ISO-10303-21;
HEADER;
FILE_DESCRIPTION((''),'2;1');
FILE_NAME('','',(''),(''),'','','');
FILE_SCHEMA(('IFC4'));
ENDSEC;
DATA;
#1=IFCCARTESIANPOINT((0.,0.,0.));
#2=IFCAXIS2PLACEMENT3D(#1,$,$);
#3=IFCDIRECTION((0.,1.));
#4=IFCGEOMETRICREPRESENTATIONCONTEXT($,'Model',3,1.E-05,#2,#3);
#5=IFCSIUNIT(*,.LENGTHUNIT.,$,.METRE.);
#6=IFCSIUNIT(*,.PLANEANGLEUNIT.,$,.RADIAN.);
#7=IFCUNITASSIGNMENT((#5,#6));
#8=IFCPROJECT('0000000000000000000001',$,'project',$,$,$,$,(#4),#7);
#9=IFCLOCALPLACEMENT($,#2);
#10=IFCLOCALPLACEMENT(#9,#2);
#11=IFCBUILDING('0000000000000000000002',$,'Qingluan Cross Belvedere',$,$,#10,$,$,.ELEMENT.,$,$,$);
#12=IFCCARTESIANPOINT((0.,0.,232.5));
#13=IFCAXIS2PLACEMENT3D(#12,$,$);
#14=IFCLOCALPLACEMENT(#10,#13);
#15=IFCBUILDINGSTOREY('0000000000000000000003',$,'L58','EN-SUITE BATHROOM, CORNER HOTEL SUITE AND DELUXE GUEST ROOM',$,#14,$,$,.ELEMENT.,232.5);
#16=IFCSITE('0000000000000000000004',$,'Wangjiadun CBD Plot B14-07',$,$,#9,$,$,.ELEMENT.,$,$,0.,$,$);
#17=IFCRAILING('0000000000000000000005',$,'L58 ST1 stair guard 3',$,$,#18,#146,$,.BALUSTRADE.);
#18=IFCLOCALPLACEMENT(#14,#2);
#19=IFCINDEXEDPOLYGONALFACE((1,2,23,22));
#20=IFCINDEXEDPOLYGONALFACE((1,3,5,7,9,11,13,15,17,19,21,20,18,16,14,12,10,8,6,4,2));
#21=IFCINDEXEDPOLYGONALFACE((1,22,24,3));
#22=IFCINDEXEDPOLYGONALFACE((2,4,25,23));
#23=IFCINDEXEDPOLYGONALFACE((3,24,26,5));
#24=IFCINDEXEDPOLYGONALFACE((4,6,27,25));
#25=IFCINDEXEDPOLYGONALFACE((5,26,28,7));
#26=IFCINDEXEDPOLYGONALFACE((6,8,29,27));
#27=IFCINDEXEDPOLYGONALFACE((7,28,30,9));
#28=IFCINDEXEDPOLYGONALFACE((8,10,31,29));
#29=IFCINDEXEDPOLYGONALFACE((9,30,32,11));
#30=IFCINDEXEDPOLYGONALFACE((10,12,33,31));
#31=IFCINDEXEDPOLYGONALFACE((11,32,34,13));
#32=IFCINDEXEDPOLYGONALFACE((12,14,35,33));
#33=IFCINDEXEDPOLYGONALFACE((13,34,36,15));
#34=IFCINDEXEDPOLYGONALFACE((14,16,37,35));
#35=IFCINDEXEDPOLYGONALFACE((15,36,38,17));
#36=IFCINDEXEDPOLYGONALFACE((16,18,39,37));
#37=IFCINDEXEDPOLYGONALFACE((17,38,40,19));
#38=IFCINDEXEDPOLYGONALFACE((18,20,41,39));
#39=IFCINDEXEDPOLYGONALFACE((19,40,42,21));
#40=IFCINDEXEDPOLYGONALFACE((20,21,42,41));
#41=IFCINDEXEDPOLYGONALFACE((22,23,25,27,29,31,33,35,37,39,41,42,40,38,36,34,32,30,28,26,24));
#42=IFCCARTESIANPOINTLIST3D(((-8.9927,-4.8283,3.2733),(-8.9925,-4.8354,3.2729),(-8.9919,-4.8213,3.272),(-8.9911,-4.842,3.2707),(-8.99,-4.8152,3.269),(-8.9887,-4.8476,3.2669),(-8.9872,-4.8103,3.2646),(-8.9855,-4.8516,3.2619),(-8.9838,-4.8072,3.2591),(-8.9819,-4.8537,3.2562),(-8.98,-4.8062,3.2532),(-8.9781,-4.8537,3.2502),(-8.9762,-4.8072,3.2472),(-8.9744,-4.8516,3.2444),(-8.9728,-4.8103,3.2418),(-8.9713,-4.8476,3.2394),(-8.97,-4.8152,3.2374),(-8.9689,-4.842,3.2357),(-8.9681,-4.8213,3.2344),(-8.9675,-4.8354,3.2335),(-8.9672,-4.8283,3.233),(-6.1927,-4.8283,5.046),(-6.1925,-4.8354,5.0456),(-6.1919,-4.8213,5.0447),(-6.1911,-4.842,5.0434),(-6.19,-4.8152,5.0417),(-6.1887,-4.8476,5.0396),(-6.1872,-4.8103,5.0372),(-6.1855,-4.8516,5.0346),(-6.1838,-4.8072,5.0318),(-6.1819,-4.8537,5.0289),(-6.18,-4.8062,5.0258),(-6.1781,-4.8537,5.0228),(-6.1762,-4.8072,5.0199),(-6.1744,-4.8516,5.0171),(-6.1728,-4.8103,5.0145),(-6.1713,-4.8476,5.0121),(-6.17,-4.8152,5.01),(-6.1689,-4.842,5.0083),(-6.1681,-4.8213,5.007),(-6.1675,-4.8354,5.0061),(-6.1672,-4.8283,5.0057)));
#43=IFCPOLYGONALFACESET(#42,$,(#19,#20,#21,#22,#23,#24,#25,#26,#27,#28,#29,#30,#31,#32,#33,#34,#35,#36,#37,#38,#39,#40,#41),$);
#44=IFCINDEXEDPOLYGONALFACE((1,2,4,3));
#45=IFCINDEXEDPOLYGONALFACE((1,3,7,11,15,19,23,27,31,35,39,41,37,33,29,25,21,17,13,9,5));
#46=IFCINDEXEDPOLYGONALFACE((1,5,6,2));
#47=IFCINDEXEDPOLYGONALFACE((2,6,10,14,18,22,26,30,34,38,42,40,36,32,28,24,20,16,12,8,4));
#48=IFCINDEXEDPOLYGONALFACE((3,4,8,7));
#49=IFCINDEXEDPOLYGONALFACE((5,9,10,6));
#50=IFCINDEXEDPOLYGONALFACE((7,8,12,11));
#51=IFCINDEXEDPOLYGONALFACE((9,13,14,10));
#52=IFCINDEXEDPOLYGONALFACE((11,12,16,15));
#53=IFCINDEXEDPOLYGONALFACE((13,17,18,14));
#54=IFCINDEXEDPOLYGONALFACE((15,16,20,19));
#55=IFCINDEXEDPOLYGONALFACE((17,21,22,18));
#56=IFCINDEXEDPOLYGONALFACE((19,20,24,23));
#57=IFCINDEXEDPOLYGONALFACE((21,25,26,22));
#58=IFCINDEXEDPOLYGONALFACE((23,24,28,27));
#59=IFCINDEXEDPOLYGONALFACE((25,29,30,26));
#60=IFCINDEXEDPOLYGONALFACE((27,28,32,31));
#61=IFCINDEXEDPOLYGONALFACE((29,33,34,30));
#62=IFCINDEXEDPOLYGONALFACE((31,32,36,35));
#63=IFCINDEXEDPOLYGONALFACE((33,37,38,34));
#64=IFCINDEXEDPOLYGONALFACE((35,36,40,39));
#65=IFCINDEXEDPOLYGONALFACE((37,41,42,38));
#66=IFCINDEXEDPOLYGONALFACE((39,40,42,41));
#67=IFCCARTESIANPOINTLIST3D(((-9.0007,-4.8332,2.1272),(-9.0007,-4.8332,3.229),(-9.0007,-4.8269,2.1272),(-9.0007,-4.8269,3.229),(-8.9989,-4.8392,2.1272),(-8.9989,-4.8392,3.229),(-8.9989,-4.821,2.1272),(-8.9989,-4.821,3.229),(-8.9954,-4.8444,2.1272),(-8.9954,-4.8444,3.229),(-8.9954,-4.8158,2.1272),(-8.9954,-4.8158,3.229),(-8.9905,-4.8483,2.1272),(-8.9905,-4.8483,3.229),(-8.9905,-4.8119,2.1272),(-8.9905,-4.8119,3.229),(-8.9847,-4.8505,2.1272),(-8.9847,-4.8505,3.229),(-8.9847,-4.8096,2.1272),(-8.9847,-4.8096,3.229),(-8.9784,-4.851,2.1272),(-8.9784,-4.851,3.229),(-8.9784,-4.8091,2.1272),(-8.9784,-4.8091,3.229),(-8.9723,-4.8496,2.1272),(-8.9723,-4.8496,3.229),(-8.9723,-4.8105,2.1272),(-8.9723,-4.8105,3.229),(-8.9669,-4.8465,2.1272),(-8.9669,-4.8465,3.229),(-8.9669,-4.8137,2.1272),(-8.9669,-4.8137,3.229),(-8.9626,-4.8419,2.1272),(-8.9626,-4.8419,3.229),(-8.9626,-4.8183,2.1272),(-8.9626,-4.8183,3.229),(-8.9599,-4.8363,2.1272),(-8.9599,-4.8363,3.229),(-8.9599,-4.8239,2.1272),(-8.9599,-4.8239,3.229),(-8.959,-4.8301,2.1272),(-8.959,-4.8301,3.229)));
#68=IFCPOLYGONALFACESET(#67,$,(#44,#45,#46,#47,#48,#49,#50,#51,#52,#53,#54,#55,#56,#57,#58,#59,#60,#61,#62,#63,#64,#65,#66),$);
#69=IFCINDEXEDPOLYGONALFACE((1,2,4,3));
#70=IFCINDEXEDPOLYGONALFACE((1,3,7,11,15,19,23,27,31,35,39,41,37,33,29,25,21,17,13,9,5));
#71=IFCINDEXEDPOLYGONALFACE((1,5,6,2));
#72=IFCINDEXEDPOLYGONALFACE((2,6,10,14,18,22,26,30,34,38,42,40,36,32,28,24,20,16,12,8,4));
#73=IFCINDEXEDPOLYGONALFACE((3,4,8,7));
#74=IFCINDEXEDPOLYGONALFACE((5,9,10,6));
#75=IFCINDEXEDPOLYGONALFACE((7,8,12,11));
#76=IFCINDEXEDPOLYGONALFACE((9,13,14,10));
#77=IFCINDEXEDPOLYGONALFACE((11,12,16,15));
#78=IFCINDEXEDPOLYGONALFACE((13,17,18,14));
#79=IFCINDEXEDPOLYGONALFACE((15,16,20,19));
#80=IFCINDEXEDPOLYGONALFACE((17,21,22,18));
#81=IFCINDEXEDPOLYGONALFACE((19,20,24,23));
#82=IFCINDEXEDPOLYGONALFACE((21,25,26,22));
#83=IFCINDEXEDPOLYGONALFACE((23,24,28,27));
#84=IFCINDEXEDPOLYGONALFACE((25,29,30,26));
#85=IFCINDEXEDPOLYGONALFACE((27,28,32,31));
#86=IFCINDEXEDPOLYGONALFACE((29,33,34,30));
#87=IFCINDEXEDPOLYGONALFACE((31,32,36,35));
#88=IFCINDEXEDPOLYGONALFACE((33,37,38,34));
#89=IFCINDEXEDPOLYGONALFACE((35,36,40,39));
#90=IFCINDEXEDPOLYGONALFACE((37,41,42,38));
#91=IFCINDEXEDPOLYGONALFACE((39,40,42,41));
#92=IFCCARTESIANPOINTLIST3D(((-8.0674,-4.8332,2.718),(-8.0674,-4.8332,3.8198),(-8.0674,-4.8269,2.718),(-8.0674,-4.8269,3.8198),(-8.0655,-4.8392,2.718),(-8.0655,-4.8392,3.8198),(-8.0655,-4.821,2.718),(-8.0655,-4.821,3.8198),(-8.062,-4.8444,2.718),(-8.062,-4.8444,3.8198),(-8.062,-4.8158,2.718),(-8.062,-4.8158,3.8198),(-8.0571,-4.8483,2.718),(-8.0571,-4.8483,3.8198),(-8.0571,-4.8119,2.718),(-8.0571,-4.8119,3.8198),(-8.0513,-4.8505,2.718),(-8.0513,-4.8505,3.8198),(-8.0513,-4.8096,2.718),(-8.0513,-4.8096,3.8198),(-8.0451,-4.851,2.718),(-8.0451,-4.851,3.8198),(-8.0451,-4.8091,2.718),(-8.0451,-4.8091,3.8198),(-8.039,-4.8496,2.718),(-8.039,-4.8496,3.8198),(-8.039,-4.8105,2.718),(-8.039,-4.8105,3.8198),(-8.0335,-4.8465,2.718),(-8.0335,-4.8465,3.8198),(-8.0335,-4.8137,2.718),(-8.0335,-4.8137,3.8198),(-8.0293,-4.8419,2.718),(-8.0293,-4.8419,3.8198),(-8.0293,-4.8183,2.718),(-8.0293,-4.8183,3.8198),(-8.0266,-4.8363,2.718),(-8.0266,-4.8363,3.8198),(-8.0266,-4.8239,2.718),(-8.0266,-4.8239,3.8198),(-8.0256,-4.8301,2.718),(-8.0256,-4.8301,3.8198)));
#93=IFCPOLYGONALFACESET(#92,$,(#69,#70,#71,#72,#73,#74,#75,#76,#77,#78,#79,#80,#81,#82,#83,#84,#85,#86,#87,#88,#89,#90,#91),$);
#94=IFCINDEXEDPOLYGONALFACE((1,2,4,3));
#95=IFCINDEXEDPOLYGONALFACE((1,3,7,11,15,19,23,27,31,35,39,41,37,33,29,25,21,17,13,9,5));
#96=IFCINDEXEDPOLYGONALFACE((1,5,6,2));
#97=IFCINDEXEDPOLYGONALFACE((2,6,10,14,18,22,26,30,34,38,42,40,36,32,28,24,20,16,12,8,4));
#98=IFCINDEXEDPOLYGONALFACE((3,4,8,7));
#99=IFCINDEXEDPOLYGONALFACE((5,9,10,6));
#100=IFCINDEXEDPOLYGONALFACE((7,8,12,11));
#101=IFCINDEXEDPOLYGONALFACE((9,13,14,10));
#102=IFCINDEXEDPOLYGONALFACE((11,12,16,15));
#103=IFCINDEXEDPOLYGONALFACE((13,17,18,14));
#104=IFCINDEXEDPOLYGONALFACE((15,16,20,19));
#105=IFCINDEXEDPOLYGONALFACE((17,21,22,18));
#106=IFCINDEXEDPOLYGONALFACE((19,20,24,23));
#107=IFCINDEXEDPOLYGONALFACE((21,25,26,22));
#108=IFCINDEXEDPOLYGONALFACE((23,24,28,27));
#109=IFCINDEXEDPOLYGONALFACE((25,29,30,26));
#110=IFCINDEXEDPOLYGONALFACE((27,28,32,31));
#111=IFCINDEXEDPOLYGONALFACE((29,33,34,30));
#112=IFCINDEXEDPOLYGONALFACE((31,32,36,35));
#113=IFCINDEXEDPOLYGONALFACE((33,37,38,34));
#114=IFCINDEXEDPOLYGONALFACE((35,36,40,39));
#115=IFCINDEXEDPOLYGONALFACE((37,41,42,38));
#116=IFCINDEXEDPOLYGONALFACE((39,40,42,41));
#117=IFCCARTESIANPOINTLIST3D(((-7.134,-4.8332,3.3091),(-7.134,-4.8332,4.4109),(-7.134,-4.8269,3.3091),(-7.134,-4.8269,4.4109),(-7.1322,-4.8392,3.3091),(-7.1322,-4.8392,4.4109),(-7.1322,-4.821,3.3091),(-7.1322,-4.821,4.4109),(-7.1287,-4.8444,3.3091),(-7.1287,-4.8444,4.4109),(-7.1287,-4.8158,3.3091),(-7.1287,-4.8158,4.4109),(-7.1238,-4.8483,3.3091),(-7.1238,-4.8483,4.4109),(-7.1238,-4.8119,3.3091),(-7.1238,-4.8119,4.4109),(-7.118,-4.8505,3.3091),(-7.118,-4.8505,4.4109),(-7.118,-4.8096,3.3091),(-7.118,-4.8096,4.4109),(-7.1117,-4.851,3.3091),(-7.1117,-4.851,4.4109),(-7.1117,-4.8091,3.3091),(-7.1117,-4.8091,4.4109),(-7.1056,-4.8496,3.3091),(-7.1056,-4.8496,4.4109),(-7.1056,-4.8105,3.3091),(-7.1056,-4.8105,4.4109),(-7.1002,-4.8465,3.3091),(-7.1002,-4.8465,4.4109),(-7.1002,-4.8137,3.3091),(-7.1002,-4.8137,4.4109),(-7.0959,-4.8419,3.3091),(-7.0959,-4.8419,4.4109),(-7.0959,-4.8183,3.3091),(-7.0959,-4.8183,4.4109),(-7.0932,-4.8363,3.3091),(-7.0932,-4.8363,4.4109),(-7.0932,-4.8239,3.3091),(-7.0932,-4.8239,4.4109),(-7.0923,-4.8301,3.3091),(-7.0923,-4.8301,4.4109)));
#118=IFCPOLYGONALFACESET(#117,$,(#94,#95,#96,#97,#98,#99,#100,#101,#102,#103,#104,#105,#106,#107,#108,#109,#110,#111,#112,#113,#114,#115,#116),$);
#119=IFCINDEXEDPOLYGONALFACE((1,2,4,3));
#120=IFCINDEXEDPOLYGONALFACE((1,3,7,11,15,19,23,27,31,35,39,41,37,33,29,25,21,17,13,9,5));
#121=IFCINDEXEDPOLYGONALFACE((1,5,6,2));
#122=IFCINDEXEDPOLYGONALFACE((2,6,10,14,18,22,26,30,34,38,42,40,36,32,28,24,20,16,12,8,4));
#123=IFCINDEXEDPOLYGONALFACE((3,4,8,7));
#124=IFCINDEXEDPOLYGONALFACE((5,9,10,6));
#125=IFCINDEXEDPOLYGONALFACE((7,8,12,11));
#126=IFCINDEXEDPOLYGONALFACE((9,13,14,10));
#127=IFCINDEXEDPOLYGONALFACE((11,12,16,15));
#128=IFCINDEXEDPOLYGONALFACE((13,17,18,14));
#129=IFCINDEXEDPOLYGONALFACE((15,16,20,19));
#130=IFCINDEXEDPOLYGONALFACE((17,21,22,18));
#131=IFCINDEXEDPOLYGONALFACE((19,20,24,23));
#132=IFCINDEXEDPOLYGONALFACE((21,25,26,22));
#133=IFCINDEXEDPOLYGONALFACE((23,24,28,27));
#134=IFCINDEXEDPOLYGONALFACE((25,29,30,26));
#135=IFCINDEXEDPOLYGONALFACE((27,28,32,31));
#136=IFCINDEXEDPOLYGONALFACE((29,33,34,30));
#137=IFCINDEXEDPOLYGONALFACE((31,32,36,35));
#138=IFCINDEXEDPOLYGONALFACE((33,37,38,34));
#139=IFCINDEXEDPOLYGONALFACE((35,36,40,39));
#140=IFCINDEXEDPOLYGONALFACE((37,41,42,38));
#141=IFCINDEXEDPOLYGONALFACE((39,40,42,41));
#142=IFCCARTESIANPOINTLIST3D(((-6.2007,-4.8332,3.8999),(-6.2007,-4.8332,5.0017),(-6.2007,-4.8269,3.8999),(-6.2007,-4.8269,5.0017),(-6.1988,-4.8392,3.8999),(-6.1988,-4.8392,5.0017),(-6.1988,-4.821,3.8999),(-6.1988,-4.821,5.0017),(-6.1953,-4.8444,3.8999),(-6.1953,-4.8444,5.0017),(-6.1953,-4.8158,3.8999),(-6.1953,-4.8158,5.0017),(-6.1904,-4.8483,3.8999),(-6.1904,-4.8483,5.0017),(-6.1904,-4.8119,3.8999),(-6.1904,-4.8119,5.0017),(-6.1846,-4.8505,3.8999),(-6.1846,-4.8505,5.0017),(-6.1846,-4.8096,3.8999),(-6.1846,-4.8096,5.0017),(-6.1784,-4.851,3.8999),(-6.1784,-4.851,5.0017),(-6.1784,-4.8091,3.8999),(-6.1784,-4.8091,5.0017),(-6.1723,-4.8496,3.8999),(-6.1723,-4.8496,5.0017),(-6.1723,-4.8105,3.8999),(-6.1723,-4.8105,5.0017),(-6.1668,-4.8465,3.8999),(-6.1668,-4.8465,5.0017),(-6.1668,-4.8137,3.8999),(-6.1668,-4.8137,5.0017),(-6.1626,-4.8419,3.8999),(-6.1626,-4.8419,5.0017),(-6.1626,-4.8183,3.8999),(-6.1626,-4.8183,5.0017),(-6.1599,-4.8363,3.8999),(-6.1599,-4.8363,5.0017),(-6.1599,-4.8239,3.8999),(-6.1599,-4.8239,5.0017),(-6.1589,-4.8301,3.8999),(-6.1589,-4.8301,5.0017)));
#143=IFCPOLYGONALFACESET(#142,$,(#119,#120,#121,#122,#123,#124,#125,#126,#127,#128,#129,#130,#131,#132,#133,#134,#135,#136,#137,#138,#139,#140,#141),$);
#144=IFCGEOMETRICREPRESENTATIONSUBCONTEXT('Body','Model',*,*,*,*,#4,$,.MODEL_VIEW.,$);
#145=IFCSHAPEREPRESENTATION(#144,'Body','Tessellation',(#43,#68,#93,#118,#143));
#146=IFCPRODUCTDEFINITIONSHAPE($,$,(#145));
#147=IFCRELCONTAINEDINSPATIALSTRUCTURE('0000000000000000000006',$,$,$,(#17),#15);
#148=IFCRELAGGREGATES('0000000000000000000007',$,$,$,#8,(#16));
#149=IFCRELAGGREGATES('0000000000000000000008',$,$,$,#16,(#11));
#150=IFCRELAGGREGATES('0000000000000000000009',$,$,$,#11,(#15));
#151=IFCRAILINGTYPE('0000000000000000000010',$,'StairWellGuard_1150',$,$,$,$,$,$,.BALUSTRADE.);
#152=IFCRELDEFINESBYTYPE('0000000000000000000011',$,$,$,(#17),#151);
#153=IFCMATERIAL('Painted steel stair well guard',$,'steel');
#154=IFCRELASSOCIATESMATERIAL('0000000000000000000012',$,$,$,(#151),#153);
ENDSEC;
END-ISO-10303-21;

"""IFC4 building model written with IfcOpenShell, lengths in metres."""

from ifc_helpers import new_model, si_unit, direction, frame, origin, origin_2d, place, context, subcontext, project, spatial, circle, extrude, material, type_object, element, save


model = new_model("IFC4")

# Units and contexts
model_context = context("Model", 3, precision=1e-05, world=origin(), true_north=direction((0.0, 1.0)))
body_context = subcontext(model_context, "Body", "Model", "MODEL_VIEW")
ifc_project = project(units=[si_unit("LENGTHUNIT", "METRE"), si_unit("PLANEANGLEUNIT", "RADIAN")], contexts=[model_context])

# Site, building, storey
site_placement = place(None, origin())
site = spatial("IfcSite", under=ifc_project, at=site_placement, Name="Wangjiadun CBD Plot B14-07", CompositionType="ELEMENT", RefElevation=0.0)
building_placement = place(site_placement, origin())
building = spatial("IfcBuilding", under=site, at=building_placement, Name="Qingluan Cross Belvedere", CompositionType="ELEMENT")
storey_placement = place(building_placement, frame((0.0, 0.0, 232.5)))
storey = spatial("IfcBuildingStorey", under=building, at=storey_placement, Name="L58", Description="EN-SUITE BATHROOM, CORNER HOTEL SUITE AND DELUXE GUEST ROOM", CompositionType="ELEMENT", Elevation=232.5)

# Railing
ifc_material_1 = material(Name="Painted steel stair well guard", Category="steel")
railing_type_1 = type_object("IfcRailingType", Name="StairWellGuard_1150", PredefinedType="BALUSTRADE", material=ifc_material_1)
railing_1_placement = place(storey_placement, frame((-8.98, -4.8301, 2.1272)))
element("IfcRailing", 1, at=railing_1_placement, inside=storey, type_object=railing_type_1, Name="L58 ST1 stair guard 3", PredefinedType="BALUSTRADE", context=body_context, shape_type="SweptSolid", body=[
    extrude(circle(Radius=0.0239, at=origin_2d()), frame((0.0, 0.0, 1.126), z_axis=(0.844909, 0.0, 0.53491), x_axis=(0.0, 1.0, 0.0)), (0.0, 0.0, 1.0), 3.314),
    extrude(circle(Radius=0.021, at=origin_2d()), origin(), (0.0, 0.0, 1.0), 1.1018),
    extrude(circle(Radius=0.021, at=origin_2d()), frame((0.9333, 0.0, 0.5908)), (0.0, 0.0, 1.0), 1.1018),
    extrude(circle(Radius=0.021, at=origin_2d()), frame((1.8667, 0.0, 1.1819)), (0.0, 0.0, 1.0), 1.1018),
    extrude(circle(Radius=0.021, at=origin_2d()), frame((2.8, 0.0, 1.7727)), (0.0, 0.0, 1.0), 1.1018),
])

save(model, "model.ifc")
